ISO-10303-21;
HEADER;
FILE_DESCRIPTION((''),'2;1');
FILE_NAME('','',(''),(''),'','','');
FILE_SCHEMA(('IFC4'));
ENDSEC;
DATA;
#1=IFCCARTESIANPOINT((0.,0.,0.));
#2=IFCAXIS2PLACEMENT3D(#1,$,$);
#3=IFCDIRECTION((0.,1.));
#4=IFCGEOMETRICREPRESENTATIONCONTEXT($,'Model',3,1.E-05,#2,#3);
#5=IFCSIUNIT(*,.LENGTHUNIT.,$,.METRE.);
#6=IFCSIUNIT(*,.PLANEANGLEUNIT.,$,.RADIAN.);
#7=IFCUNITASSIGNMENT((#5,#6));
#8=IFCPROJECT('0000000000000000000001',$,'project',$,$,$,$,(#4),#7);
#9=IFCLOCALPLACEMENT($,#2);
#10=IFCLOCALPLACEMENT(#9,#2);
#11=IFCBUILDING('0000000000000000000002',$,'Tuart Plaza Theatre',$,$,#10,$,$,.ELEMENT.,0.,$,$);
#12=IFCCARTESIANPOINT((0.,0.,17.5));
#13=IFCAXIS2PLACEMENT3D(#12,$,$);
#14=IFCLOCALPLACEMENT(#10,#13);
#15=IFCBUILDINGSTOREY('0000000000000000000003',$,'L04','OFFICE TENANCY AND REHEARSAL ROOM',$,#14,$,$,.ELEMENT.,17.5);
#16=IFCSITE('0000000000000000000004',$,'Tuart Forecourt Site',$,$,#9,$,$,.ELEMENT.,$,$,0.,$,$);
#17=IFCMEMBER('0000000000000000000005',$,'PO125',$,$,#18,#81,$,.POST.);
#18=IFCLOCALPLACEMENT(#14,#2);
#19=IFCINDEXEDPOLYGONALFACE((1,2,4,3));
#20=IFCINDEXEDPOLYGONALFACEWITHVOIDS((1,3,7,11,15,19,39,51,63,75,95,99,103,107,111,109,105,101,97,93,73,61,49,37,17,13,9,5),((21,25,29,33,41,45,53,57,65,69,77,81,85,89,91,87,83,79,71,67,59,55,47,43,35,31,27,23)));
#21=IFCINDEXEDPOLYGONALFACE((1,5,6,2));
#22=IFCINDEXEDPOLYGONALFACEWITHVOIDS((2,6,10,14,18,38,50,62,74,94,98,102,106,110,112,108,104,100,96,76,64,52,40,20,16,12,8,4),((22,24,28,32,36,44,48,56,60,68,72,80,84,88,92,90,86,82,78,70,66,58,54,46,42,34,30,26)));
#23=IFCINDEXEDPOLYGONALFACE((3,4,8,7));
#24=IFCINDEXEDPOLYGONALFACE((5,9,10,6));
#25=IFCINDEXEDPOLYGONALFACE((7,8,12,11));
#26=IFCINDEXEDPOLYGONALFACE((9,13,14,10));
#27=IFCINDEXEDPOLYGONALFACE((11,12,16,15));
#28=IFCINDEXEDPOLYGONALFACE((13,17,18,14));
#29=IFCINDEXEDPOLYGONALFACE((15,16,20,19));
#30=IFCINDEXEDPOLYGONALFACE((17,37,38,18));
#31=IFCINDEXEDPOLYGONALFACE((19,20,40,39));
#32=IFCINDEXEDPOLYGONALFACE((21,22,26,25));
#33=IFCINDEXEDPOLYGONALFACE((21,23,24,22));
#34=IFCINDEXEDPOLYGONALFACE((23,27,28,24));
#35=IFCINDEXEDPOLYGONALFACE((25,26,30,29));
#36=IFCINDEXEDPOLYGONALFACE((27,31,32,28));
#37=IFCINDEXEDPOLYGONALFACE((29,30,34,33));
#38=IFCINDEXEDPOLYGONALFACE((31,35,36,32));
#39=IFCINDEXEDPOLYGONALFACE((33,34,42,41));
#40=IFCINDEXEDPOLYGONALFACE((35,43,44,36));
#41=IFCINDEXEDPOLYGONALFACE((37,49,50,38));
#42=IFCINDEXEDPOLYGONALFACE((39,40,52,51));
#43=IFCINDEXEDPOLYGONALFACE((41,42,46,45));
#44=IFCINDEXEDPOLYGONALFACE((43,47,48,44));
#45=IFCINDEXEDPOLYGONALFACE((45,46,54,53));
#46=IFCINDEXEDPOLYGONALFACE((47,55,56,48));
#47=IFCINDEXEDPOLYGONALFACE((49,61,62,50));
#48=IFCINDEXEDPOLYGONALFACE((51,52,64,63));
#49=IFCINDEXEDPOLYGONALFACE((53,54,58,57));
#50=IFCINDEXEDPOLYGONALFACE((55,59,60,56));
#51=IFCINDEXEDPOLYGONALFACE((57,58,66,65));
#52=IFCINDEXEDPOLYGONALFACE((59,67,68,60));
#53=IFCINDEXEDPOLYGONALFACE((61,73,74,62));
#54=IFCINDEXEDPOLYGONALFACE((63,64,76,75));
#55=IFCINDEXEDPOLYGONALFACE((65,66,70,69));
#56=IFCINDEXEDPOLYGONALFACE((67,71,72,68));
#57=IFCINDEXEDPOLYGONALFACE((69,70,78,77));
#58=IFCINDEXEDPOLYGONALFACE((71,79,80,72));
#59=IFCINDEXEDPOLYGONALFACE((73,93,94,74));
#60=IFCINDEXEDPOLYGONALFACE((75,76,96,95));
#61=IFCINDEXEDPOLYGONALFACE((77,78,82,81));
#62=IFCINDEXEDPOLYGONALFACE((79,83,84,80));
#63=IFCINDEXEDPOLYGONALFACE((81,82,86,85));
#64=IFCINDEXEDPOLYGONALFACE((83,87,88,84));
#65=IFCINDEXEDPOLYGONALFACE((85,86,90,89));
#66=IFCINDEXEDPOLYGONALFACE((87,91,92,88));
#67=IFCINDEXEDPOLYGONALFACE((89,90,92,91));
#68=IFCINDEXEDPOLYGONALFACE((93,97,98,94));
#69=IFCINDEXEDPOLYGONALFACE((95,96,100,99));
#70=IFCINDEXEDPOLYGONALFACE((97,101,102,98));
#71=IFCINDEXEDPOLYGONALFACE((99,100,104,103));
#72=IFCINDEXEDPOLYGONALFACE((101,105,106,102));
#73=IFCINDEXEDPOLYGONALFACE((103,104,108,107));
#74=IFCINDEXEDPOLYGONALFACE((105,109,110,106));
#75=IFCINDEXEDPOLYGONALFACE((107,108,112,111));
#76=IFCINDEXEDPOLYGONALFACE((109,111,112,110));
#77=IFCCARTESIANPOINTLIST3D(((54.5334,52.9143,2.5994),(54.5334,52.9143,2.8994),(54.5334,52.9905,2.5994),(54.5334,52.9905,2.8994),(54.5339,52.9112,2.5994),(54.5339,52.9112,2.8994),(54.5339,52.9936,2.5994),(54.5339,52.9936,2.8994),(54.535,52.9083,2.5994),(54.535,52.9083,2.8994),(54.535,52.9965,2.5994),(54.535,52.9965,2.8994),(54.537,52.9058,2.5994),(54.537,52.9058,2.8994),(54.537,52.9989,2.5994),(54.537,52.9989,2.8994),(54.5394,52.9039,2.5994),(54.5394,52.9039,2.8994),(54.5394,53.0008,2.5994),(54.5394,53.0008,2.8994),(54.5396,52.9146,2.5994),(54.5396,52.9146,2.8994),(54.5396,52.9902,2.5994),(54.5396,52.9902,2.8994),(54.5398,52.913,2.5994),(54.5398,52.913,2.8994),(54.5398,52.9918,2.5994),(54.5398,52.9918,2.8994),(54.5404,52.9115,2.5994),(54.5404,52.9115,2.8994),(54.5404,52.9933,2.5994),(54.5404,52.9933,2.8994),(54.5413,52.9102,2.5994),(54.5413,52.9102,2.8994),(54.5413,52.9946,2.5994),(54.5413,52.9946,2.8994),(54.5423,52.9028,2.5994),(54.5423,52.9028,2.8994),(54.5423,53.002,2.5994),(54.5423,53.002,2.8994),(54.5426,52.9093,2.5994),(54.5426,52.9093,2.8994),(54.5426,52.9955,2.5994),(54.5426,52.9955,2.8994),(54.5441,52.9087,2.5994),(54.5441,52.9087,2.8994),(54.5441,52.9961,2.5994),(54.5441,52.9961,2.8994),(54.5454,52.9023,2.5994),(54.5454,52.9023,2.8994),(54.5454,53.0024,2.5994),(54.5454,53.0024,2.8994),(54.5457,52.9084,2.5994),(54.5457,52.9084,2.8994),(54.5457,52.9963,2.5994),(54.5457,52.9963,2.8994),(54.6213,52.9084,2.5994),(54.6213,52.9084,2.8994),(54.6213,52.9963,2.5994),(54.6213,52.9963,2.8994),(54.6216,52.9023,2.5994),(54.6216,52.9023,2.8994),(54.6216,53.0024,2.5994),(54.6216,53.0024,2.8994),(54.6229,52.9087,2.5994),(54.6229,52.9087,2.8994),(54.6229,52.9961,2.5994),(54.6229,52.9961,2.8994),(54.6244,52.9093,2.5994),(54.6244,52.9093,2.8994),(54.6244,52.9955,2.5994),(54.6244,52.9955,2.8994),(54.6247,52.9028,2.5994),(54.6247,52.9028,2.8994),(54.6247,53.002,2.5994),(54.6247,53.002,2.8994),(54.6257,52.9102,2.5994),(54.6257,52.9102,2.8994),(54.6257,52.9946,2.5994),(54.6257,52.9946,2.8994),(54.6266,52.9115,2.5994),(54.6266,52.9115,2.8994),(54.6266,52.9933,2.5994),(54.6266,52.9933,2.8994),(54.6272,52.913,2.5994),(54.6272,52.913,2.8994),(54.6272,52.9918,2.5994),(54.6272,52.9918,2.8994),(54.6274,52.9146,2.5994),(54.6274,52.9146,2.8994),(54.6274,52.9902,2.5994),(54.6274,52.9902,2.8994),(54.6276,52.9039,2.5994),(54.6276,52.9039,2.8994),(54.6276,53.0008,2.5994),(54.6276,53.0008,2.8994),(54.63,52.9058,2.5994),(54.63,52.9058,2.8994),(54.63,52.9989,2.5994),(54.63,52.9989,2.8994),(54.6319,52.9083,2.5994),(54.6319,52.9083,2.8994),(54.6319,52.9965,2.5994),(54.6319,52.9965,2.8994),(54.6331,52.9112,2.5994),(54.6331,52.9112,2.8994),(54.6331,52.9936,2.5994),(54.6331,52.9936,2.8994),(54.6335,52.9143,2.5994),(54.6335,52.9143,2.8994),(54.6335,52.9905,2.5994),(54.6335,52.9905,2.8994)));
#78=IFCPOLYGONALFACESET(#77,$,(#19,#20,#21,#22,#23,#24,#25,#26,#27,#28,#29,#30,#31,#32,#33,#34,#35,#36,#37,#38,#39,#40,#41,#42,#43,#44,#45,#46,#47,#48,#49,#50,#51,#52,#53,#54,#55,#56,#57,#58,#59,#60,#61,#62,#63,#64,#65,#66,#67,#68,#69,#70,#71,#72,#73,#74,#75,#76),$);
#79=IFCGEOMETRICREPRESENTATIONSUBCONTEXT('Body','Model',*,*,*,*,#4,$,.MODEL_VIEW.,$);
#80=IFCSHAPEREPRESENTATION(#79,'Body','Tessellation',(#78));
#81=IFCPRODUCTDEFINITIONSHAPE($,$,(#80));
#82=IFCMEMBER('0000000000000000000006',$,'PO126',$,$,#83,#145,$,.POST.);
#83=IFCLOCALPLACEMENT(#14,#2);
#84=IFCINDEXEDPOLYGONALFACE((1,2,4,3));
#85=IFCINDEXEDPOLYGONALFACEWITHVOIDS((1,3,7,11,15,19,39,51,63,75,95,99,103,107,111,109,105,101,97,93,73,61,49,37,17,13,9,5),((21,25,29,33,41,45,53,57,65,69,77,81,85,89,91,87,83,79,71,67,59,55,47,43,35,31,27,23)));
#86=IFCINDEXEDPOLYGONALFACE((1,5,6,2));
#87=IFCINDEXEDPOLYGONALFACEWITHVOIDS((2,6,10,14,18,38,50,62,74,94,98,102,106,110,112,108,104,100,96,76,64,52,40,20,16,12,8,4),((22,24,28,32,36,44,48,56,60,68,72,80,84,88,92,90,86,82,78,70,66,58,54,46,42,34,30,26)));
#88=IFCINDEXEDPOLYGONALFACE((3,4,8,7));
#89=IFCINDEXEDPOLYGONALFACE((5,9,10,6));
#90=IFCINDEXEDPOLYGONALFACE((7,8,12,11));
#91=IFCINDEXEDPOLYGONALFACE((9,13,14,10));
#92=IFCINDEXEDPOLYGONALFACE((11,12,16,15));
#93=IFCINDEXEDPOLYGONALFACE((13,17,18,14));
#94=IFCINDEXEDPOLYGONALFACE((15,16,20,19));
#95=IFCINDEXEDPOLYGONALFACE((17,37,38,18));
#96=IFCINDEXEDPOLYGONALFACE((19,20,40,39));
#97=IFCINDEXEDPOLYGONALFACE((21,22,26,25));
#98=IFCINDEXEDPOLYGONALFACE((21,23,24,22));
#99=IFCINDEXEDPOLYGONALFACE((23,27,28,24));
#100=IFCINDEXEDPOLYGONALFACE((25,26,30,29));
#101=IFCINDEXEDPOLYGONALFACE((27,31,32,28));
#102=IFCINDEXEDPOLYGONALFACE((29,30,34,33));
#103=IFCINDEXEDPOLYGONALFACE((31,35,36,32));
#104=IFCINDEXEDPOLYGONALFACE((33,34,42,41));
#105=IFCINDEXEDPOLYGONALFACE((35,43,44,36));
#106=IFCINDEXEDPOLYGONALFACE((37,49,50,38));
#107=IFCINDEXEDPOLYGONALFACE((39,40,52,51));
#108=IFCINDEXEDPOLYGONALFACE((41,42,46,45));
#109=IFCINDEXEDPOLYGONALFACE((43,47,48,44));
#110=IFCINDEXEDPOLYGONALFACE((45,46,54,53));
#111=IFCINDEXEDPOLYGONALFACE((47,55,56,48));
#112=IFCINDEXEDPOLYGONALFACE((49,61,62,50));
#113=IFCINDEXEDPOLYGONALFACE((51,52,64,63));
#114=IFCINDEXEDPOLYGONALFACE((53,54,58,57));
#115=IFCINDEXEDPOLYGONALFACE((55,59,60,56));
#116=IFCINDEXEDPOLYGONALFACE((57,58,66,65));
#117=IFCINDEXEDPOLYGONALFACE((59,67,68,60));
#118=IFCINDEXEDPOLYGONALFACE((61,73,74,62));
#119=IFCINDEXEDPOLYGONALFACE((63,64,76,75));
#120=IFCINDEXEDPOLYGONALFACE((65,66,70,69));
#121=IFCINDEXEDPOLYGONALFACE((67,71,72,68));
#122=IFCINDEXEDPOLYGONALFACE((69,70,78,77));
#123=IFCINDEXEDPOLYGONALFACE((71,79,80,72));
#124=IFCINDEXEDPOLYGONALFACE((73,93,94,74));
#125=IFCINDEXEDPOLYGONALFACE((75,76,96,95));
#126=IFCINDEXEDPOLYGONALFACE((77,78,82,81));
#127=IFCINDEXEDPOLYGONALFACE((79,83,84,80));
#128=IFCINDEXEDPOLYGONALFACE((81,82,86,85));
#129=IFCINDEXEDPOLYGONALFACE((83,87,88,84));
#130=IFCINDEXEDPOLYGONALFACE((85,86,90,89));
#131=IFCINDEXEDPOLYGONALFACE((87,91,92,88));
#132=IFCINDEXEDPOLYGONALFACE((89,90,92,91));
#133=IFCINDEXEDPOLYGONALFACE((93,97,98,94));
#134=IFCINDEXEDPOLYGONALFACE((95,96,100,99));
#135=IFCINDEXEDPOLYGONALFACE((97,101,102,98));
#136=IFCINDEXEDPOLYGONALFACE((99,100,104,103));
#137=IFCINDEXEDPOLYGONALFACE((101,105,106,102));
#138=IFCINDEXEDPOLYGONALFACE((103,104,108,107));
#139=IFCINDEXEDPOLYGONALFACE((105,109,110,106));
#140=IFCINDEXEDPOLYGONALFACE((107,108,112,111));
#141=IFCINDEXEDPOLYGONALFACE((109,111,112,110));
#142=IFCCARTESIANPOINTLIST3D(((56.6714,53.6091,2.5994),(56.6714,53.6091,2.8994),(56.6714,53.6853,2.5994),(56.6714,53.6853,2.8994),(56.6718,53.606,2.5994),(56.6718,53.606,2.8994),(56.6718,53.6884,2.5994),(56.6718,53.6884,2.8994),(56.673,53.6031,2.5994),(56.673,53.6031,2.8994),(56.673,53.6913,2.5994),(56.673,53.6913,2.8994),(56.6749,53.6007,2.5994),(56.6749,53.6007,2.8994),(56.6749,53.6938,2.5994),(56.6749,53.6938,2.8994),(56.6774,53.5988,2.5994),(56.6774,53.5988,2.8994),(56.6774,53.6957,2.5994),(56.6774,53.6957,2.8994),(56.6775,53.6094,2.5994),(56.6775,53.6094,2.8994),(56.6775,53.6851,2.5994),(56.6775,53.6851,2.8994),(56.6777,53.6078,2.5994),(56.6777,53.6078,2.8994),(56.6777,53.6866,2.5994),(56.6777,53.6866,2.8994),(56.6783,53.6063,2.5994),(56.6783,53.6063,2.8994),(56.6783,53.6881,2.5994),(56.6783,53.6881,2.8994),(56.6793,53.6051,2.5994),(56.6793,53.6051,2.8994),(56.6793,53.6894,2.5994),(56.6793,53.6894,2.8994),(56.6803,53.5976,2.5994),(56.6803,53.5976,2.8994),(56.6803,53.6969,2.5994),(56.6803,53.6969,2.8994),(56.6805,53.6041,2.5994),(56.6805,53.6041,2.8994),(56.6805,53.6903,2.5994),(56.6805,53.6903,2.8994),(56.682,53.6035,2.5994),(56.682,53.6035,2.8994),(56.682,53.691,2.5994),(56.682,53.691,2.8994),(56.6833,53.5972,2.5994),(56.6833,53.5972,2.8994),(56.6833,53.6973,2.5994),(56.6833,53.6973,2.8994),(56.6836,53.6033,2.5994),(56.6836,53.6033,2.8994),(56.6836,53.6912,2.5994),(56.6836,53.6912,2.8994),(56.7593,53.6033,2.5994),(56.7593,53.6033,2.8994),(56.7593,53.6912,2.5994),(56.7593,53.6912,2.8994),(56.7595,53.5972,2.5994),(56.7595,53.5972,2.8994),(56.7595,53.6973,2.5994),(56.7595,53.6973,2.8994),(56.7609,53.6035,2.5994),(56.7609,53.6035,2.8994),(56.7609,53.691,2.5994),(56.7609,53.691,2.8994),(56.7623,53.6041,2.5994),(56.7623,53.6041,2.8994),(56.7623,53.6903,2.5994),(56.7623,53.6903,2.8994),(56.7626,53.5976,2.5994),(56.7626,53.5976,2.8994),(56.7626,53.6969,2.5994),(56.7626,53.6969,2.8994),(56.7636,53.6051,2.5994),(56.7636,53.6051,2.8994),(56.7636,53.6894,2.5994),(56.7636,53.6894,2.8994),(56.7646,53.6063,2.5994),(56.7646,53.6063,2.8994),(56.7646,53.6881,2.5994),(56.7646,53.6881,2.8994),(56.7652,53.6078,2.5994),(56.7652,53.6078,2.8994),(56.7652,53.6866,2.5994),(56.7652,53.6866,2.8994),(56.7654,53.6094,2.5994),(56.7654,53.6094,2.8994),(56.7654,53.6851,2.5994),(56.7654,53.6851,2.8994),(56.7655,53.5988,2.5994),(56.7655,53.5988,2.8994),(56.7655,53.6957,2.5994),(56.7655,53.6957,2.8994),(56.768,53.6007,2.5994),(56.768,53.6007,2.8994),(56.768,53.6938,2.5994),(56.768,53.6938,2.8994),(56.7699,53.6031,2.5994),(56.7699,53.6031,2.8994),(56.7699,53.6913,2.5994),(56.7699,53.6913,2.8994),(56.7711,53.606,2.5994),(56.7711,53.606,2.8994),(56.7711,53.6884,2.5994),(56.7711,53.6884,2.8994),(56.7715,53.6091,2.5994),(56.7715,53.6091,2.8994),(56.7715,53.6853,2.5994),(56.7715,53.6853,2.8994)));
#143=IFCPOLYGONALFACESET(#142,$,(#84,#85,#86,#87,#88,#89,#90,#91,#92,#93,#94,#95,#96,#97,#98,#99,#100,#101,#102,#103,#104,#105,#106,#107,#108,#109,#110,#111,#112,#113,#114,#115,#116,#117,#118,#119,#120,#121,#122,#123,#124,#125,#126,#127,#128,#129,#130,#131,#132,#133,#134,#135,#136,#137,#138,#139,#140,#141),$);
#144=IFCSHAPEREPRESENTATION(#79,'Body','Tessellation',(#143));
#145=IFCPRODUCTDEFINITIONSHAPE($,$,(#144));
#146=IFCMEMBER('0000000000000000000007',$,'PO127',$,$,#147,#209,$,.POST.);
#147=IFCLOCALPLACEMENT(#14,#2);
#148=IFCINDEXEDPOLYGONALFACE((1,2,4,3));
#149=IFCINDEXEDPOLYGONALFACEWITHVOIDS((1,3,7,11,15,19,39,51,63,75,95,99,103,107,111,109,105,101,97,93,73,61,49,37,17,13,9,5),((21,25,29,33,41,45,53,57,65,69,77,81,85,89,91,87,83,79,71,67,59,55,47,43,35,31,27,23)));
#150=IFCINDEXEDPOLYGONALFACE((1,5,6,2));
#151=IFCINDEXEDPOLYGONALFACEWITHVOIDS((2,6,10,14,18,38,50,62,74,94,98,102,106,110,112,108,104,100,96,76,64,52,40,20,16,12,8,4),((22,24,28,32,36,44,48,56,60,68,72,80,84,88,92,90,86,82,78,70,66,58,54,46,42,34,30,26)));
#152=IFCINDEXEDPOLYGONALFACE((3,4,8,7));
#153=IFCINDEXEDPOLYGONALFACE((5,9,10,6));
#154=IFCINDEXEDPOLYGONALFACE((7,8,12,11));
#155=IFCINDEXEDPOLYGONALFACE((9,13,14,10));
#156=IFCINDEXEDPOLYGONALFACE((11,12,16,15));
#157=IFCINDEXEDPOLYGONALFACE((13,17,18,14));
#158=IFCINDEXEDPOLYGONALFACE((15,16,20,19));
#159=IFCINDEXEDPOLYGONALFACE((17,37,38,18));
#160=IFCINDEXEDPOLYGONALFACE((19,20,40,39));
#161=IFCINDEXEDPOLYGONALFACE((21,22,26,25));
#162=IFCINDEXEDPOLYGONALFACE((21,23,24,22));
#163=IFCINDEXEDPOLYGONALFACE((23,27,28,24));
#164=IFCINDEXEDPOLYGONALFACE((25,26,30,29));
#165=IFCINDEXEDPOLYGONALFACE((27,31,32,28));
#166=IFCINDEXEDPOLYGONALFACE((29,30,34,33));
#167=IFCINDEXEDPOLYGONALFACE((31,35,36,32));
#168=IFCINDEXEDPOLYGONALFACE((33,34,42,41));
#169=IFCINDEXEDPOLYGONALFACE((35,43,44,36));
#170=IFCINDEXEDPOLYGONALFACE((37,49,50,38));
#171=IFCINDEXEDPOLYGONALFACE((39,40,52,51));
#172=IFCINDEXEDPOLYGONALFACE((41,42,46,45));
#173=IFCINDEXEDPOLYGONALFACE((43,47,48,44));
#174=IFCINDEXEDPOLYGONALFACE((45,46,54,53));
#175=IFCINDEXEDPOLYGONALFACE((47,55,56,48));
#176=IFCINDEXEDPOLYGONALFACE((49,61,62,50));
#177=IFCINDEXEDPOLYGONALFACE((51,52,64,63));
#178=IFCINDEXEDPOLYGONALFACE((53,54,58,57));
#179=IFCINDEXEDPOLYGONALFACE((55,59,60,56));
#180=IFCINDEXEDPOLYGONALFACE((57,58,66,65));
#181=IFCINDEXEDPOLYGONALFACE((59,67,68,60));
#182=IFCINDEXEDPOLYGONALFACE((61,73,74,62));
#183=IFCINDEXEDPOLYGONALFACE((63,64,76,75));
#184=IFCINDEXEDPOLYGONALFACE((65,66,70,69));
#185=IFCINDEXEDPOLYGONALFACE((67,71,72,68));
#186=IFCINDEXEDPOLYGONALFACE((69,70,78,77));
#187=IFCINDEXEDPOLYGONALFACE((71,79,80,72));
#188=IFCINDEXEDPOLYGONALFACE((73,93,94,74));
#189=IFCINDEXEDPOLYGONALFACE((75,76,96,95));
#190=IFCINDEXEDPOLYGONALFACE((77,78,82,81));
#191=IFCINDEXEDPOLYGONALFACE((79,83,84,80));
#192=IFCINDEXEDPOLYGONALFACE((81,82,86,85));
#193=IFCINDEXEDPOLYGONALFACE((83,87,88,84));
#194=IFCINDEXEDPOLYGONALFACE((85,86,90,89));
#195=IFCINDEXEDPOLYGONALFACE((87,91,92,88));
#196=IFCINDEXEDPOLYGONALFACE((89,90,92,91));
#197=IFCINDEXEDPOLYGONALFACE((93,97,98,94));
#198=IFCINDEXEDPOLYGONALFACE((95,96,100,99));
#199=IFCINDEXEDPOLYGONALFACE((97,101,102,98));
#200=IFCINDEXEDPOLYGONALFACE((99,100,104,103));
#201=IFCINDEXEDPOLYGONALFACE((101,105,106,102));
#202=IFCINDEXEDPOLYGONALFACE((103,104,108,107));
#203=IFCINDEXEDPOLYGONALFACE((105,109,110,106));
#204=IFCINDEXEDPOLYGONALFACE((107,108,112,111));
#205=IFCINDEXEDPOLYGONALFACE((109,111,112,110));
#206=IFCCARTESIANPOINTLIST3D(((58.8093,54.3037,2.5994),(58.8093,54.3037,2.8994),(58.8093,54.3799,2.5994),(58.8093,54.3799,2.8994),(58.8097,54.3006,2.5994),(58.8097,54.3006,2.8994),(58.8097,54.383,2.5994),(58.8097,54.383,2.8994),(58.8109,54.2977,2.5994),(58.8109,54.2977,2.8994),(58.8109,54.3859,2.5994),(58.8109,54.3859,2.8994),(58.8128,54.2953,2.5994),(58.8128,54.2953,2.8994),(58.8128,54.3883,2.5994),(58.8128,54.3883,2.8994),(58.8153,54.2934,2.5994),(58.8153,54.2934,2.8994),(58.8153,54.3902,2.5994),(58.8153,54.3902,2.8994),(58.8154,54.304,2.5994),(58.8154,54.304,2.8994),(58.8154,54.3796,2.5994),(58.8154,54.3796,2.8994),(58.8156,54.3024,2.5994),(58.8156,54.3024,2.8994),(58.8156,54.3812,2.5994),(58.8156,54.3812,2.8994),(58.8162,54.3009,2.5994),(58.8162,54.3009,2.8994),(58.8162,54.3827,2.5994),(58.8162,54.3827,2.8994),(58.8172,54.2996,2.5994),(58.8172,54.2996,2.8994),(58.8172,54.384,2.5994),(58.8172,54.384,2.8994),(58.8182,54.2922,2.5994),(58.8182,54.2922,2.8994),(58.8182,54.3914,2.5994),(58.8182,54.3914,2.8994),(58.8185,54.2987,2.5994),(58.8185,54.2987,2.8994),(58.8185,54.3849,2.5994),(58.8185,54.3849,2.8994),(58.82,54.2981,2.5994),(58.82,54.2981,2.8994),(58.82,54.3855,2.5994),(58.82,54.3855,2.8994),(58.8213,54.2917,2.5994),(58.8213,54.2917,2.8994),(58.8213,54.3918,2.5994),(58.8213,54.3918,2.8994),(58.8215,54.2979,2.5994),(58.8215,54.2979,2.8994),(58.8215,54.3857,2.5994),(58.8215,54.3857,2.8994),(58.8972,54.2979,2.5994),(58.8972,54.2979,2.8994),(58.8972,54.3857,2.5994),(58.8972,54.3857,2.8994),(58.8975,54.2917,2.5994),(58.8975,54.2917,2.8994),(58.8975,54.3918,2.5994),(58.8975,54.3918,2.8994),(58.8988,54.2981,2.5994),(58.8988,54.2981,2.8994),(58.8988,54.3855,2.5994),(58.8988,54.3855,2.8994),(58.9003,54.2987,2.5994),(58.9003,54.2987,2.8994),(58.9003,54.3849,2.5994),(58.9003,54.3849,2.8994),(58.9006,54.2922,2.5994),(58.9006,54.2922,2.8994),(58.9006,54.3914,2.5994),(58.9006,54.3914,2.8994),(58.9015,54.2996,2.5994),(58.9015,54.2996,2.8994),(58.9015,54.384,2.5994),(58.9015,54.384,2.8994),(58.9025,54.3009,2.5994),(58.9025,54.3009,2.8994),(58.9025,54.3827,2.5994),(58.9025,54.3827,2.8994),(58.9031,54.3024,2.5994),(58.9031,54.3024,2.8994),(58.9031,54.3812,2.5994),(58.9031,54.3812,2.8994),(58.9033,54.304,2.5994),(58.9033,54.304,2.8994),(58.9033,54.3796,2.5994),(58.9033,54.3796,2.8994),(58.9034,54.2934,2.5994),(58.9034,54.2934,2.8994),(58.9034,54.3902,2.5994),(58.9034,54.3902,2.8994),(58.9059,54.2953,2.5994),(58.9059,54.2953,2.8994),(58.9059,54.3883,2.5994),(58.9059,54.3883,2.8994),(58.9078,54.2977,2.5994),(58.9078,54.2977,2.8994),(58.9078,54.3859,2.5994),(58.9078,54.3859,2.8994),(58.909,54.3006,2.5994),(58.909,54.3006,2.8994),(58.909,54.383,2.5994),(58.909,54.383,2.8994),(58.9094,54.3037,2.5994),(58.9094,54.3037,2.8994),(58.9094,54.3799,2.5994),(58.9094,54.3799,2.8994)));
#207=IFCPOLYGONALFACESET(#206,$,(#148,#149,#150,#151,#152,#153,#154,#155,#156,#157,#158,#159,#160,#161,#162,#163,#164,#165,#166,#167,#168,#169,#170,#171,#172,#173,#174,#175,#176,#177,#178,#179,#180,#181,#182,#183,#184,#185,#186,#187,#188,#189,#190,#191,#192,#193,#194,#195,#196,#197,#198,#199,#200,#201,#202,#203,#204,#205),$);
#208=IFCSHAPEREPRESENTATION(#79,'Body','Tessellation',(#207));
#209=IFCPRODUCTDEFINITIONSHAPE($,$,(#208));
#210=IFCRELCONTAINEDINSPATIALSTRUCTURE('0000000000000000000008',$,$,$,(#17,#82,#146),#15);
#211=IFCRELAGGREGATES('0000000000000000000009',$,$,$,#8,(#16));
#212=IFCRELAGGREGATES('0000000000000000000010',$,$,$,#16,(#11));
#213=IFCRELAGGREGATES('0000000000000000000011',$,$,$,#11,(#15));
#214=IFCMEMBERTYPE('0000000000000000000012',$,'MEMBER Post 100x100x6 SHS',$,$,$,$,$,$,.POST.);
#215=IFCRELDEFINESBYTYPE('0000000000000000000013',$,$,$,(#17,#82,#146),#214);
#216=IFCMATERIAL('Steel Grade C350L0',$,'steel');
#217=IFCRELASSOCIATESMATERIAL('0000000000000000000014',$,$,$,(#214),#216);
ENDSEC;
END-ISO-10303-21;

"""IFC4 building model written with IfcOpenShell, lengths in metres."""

from ifc_helpers import new_model, si_unit, direction, frame, origin, origin_2d, place, context, subcontext, project, spatial, hollow_rectangle, extrude, material, material_profile, profile_set, type_object, element, save


model = new_model("IFC4")

# Units and contexts
model_context = context("Model", 3, precision=1e-05, world=origin(), true_north=direction((0.0, 1.0)))
body_context = subcontext(model_context, "Body", "Model", "MODEL_VIEW")
ifc_project = project(units=[si_unit("LENGTHUNIT", "METRE"), si_unit("PLANEANGLEUNIT", "RADIAN")], contexts=[model_context])

# Site, building, storey
site_placement = place(None, origin())
site = spatial("IfcSite", under=ifc_project, at=site_placement, Name="Tuart Forecourt Site", CompositionType="ELEMENT", RefElevation=0.0)
building_placement = place(site_placement, origin())
building = spatial("IfcBuilding", under=site, at=building_placement, Name="Tuart Plaza Theatre", CompositionType="ELEMENT", ElevationOfRefHeight=0.0)
storey_placement = place(building_placement, frame((0.0, 0.0, 17.5)))
storey = spatial("IfcBuildingStorey", under=building, at=storey_placement, Name="L04", Description="OFFICE TENANCY AND REHEARSAL ROOM", CompositionType="ELEMENT", Elevation=17.5)

# Members
ifc_material_1 = material(Name="Steel Grade C350L0", Category="steel")
ifc_material_profile_1 = material_profile(ifc_material_1, hollow_rectangle(XDim=0.1001, YDim=0.1001, WallThickness=0.0061, InnerFilletRadius=0.0061, OuterFilletRadius=0.012, at=origin_2d()), Name="100x100x6 SHS")
ifc_profile_set_1 = profile_set([ifc_material_profile_1], Name="Steel Grade C350L0")
member_type_1 = type_object("IfcMemberType", Name="MEMBER Post 100x100x6 SHS", PredefinedType="POST", material=ifc_profile_set_1)
for number, where, z_axis, x_axis, name in (
    (1, (54.5835, 52.9524, 2.5994), (0.0, 0.0, 1.0), (1.0, 0.0, 0.0), "PO125"),
    (2, (56.7214, 53.6472, 2.5994), (0.0, 0.0, 1.0), (1.0, 0.0, 0.0), "PO126"),
    (3, (58.8594, 54.3418, 2.5994), (0.0, 0.0, 1.0), (1.0, 0.0, 0.0), "PO127"),
):
    element("IfcMember", number, at=place(storey_placement, frame(where, z_axis=z_axis, x_axis=x_axis)), inside=storey, type_object=member_type_1, Name=name, PredefinedType="POST", context=body_context, shape_type="SweptSolid", body=[
        extrude(hollow_rectangle(XDim=0.1001, YDim=0.1001, WallThickness=0.0061, InnerFilletRadius=0.0061, OuterFilletRadius=0.012, at=origin_2d()), origin(), (0.0, 0.0, 1.0), 0.3),
    ])

save(model, "model.ifc")
